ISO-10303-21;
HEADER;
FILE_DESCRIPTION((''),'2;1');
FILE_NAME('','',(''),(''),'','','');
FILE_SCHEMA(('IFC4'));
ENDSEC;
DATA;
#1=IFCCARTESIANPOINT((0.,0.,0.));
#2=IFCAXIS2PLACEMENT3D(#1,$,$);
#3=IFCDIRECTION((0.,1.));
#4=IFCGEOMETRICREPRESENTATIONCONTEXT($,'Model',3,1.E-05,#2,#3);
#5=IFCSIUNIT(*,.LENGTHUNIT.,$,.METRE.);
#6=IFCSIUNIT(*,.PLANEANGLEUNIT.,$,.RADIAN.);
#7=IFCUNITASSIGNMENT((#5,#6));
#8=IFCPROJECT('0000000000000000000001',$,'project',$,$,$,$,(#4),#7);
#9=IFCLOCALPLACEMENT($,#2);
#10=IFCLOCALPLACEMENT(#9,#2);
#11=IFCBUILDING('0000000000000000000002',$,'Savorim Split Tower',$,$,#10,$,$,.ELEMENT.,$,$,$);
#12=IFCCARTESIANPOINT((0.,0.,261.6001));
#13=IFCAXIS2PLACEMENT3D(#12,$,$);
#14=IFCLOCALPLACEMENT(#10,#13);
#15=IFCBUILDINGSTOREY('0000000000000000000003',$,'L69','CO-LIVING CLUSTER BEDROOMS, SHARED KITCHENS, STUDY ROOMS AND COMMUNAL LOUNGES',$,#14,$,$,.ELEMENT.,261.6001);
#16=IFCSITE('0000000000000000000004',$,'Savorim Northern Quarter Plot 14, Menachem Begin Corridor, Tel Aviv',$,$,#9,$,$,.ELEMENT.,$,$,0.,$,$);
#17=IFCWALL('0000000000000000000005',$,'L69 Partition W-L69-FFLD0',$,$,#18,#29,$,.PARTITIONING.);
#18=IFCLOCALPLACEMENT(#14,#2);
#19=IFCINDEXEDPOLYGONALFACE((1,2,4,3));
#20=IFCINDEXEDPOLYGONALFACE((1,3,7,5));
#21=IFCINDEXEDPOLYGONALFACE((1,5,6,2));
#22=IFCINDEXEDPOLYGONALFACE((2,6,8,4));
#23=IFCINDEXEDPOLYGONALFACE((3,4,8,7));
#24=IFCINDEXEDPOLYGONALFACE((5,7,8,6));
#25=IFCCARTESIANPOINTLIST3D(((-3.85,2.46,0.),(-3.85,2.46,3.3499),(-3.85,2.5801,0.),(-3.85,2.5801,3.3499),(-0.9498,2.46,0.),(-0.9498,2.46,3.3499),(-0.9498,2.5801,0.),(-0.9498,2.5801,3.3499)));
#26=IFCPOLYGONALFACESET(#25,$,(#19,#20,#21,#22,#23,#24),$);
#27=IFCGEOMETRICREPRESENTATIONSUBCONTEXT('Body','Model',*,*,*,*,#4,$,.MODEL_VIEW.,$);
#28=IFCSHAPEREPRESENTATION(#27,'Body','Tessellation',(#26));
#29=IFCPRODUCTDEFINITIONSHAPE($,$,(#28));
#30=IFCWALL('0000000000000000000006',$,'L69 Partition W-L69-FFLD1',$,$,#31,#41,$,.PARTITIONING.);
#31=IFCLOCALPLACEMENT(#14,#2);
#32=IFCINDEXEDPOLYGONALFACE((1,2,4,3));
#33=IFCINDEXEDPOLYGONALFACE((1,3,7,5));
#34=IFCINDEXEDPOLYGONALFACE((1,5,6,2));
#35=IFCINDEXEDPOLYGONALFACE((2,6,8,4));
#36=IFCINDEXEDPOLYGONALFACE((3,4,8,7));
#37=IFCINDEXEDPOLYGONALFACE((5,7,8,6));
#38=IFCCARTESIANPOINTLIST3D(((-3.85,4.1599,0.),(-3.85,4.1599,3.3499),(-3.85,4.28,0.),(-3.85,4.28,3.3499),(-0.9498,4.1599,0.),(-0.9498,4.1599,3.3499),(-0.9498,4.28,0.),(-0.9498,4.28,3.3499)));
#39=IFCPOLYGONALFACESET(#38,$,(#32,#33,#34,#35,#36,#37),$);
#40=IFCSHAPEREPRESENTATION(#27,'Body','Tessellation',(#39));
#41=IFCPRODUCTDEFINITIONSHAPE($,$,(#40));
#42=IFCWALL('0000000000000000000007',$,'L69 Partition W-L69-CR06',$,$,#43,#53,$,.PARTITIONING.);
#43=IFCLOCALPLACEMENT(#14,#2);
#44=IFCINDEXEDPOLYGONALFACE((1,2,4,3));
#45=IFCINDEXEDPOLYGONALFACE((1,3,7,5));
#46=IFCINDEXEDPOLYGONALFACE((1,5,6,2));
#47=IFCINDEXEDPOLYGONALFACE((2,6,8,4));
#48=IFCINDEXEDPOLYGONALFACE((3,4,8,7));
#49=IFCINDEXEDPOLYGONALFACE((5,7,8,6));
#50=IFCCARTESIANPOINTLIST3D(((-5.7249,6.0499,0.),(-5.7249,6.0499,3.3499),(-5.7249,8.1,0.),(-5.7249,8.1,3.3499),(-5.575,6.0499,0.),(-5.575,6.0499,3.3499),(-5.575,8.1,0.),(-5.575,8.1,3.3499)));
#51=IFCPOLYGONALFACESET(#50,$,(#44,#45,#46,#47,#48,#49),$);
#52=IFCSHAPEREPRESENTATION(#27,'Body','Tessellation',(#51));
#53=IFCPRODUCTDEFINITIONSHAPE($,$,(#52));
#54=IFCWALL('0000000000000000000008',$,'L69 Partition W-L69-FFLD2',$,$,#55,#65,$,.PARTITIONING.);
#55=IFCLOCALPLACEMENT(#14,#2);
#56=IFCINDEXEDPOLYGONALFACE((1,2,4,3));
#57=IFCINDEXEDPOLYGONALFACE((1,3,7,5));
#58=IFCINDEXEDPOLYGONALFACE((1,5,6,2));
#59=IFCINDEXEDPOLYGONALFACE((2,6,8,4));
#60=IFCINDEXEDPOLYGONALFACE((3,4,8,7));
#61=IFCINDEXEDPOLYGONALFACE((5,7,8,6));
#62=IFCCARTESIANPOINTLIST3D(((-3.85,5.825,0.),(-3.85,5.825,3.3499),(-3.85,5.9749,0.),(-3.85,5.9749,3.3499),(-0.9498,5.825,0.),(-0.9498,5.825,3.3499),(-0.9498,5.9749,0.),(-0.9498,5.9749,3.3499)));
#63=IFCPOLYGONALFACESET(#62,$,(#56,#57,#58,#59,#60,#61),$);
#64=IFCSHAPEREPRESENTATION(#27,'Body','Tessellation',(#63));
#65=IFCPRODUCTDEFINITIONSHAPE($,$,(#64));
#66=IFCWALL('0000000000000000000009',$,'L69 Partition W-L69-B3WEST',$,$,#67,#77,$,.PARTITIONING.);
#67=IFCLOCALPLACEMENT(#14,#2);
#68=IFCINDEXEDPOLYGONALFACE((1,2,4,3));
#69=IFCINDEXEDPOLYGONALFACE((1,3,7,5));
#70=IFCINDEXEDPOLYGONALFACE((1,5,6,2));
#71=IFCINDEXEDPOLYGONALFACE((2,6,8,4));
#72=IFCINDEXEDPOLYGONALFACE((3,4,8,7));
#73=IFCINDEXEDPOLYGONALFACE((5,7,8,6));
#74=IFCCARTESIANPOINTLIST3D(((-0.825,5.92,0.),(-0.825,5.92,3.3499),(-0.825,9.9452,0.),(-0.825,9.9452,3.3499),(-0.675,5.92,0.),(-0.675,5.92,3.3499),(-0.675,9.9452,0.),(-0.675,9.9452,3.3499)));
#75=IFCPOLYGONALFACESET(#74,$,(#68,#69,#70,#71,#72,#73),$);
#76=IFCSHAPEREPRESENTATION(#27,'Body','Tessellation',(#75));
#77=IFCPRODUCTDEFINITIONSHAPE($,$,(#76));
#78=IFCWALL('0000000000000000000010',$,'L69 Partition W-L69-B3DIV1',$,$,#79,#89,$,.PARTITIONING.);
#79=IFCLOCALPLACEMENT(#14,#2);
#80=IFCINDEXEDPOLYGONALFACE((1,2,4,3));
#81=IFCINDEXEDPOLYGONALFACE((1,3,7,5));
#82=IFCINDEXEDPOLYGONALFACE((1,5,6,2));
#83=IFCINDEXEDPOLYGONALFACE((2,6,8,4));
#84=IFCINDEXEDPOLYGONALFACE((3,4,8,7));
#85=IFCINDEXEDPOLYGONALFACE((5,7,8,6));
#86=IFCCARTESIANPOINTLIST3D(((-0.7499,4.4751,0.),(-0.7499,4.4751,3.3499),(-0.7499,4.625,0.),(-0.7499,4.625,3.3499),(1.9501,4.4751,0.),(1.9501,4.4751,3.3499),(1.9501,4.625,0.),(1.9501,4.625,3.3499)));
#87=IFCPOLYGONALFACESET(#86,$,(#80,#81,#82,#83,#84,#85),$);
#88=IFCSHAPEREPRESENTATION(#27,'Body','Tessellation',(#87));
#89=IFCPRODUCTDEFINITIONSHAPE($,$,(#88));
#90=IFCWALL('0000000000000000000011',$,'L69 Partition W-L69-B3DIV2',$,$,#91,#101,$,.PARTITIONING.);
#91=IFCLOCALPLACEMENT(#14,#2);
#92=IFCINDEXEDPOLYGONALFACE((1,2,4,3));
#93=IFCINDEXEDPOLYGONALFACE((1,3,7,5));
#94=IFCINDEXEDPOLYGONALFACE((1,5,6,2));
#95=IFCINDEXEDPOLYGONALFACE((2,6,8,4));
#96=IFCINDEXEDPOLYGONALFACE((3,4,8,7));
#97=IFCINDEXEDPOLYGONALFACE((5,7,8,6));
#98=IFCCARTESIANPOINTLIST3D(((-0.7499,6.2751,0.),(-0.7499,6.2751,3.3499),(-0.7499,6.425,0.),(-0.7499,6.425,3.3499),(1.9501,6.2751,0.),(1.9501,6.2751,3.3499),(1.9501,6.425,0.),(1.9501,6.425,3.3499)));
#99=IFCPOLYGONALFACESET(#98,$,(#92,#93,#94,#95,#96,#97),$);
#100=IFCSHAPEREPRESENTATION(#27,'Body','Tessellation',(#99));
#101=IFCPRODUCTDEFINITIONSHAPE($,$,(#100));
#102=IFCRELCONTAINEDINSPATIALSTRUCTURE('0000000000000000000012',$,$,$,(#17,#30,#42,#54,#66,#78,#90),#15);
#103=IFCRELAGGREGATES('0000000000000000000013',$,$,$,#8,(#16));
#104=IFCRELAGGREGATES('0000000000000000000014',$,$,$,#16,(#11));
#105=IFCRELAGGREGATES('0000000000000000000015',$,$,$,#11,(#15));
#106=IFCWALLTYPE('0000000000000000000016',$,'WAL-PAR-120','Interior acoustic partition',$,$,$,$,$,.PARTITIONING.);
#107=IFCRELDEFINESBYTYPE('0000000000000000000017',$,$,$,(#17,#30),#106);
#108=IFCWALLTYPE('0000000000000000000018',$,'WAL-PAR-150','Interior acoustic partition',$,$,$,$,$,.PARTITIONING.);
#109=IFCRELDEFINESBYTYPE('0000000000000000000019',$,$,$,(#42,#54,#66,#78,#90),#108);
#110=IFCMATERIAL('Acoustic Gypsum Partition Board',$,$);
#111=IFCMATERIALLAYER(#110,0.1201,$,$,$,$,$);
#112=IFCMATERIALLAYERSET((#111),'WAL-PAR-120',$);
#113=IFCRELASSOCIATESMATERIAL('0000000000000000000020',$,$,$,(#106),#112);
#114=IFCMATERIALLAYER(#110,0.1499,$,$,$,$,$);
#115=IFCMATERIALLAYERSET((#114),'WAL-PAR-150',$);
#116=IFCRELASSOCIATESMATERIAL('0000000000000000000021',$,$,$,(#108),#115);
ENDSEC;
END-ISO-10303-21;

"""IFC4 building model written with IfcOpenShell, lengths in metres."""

from ifc_helpers import new_model, si_unit, direction, frame, frame_2d, origin, place, context, subcontext, project, spatial, rectangle, extrude, material, layer, layer_set, type_object, element, save


model = new_model("IFC4")

# Units and contexts
model_context = context("Model", 3, precision=1e-05, world=origin(), true_north=direction((0.0, 1.0)))
body_context = subcontext(model_context, "Body", "Model", "MODEL_VIEW")
ifc_project = project(units=[si_unit("LENGTHUNIT", "METRE"), si_unit("PLANEANGLEUNIT", "RADIAN")], contexts=[model_context])

# Site, building, storey
site_placement = place(None, origin())
site = spatial("IfcSite", under=ifc_project, at=site_placement, Name="Savorim Northern Quarter Plot 14, Menachem Begin Corridor, Tel Aviv", CompositionType="ELEMENT", RefElevation=0.0)
building_placement = place(site_placement, origin())
building = spatial("IfcBuilding", under=site, at=building_placement, Name="Savorim Split Tower", CompositionType="ELEMENT")
storey_placement = place(building_placement, frame((0.0, 0.0, 261.6001)))
storey = spatial("IfcBuildingStorey", under=building, at=storey_placement, Name="L69", Description="CO-LIVING CLUSTER BEDROOMS, SHARED KITCHENS, STUDY ROOMS AND COMMUNAL LOUNGES", CompositionType="ELEMENT", Elevation=261.6001)

# Walls
ifc_material_1 = material(Name="Acoustic Gypsum Partition Board")
ifc_layer_1 = layer(ifc_material_1, 0.1201)
ifc_layer_set_1 = layer_set([ifc_layer_1], Name="WAL-PAR-120")
wall_type_1 = type_object("IfcWallType", Name="WAL-PAR-120", Description="Interior acoustic partition", PredefinedType="PARTITIONING", material=ifc_layer_set_1)
for number, where, z_axis, x_axis, name in (
    (1, (-3.8501, 2.52, 0.0), (0.0, 0.0, 1.0), (1.0, 0.0, 0.0), "L69 Partition W-L69-FFLD0"),
    (2, (-3.8501, 4.22, 0.0), (0.0, 0.0, 1.0), (1.0, 0.0, 0.0), "L69 Partition W-L69-FFLD1"),
):
    element("IfcWall", number, at=place(storey_placement, frame(where, z_axis=z_axis, x_axis=x_axis)), inside=storey, type_object=wall_type_1, Name=name, PredefinedType="PARTITIONING", context=body_context, shape_type="SweptSolid", body=[
        extrude(rectangle(XDim=2.9001, YDim=0.1201, at=frame_2d((1.4502, 0.0))), origin(), (0.0, 0.0, 1.0), 3.3499),
    ])
ifc_layer_2 = layer(ifc_material_1, 0.1499)
ifc_layer_set_2 = layer_set([ifc_layer_2], Name="WAL-PAR-150")
wall_type_2 = type_object("IfcWallType", Name="WAL-PAR-150", Description="Interior acoustic partition", PredefinedType="PARTITIONING", material=ifc_layer_set_2)
wall_1_placement = place(storey_placement, frame((-5.6499, 6.05, 0.0), z_axis=(0.0, 0.0, 1.0), x_axis=(0.0, 1.0, 0.0)))
element("IfcWall", 3, at=wall_1_placement, inside=storey, type_object=wall_type_2, Name="L69 Partition W-L69-CR06", PredefinedType="PARTITIONING", context=body_context, shape_type="SweptSolid", body=[
    extrude(rectangle(XDim=2.05, YDim=0.1499, at=frame_2d((1.0249, 0.0))), origin(), (0.0, 0.0, 1.0), 3.3499),
])
wall_2_placement = place(storey_placement, frame((-3.8501, 5.8999, 0.0), z_axis=(0.0, 0.0, 1.0), x_axis=(1.0, 0.0, 0.0)))
element("IfcWall", 4, at=wall_2_placement, inside=storey, type_object=wall_type_2, Name="L69 Partition W-L69-FFLD2", PredefinedType="PARTITIONING", context=body_context, shape_type="SweptSolid", body=[
    extrude(rectangle(XDim=2.9001, YDim=0.1499, at=frame_2d((1.4502, 0.0))), origin(), (0.0, 0.0, 1.0), 3.3499),
])
wall_3_placement = place(storey_placement, frame((-0.75, 5.9199, 0.0), z_axis=(0.0, 0.0, 1.0), x_axis=(0.0, 1.0, 0.0)))
element("IfcWall", 5, at=wall_3_placement, inside=storey, type_object=wall_type_2, Name="L69 Partition W-L69-B3WEST", PredefinedType="PARTITIONING", context=body_context, shape_type="SweptSolid", body=[
    extrude(rectangle(XDim=4.0251, YDim=0.1499, at=frame_2d((2.0127, 0.0))), origin(), (0.0, 0.0, 1.0), 3.3499),
])
for number, where, z_axis, x_axis, name in (
    (6, (-0.75, 4.55, 0.0), (0.0, 0.0, 1.0), (1.0, 0.0, 0.0), "L69 Partition W-L69-B3DIV1"),
    (7, (-0.75, 6.3501, 0.0), (0.0, 0.0, 1.0), (1.0, 0.0, 0.0), "L69 Partition W-L69-B3DIV2"),
):
    element("IfcWall", number, at=place(storey_placement, frame(where, z_axis=z_axis, x_axis=x_axis)), inside=storey, type_object=wall_type_2, Name=name, PredefinedType="PARTITIONING", context=body_context, shape_type="SweptSolid", body=[
        extrude(rectangle(XDim=2.7, YDim=0.1499, at=frame_2d((1.3501, 0.0))), origin(), (0.0, 0.0, 1.0), 3.3499),
    ])

save(model, "model.ifc")
